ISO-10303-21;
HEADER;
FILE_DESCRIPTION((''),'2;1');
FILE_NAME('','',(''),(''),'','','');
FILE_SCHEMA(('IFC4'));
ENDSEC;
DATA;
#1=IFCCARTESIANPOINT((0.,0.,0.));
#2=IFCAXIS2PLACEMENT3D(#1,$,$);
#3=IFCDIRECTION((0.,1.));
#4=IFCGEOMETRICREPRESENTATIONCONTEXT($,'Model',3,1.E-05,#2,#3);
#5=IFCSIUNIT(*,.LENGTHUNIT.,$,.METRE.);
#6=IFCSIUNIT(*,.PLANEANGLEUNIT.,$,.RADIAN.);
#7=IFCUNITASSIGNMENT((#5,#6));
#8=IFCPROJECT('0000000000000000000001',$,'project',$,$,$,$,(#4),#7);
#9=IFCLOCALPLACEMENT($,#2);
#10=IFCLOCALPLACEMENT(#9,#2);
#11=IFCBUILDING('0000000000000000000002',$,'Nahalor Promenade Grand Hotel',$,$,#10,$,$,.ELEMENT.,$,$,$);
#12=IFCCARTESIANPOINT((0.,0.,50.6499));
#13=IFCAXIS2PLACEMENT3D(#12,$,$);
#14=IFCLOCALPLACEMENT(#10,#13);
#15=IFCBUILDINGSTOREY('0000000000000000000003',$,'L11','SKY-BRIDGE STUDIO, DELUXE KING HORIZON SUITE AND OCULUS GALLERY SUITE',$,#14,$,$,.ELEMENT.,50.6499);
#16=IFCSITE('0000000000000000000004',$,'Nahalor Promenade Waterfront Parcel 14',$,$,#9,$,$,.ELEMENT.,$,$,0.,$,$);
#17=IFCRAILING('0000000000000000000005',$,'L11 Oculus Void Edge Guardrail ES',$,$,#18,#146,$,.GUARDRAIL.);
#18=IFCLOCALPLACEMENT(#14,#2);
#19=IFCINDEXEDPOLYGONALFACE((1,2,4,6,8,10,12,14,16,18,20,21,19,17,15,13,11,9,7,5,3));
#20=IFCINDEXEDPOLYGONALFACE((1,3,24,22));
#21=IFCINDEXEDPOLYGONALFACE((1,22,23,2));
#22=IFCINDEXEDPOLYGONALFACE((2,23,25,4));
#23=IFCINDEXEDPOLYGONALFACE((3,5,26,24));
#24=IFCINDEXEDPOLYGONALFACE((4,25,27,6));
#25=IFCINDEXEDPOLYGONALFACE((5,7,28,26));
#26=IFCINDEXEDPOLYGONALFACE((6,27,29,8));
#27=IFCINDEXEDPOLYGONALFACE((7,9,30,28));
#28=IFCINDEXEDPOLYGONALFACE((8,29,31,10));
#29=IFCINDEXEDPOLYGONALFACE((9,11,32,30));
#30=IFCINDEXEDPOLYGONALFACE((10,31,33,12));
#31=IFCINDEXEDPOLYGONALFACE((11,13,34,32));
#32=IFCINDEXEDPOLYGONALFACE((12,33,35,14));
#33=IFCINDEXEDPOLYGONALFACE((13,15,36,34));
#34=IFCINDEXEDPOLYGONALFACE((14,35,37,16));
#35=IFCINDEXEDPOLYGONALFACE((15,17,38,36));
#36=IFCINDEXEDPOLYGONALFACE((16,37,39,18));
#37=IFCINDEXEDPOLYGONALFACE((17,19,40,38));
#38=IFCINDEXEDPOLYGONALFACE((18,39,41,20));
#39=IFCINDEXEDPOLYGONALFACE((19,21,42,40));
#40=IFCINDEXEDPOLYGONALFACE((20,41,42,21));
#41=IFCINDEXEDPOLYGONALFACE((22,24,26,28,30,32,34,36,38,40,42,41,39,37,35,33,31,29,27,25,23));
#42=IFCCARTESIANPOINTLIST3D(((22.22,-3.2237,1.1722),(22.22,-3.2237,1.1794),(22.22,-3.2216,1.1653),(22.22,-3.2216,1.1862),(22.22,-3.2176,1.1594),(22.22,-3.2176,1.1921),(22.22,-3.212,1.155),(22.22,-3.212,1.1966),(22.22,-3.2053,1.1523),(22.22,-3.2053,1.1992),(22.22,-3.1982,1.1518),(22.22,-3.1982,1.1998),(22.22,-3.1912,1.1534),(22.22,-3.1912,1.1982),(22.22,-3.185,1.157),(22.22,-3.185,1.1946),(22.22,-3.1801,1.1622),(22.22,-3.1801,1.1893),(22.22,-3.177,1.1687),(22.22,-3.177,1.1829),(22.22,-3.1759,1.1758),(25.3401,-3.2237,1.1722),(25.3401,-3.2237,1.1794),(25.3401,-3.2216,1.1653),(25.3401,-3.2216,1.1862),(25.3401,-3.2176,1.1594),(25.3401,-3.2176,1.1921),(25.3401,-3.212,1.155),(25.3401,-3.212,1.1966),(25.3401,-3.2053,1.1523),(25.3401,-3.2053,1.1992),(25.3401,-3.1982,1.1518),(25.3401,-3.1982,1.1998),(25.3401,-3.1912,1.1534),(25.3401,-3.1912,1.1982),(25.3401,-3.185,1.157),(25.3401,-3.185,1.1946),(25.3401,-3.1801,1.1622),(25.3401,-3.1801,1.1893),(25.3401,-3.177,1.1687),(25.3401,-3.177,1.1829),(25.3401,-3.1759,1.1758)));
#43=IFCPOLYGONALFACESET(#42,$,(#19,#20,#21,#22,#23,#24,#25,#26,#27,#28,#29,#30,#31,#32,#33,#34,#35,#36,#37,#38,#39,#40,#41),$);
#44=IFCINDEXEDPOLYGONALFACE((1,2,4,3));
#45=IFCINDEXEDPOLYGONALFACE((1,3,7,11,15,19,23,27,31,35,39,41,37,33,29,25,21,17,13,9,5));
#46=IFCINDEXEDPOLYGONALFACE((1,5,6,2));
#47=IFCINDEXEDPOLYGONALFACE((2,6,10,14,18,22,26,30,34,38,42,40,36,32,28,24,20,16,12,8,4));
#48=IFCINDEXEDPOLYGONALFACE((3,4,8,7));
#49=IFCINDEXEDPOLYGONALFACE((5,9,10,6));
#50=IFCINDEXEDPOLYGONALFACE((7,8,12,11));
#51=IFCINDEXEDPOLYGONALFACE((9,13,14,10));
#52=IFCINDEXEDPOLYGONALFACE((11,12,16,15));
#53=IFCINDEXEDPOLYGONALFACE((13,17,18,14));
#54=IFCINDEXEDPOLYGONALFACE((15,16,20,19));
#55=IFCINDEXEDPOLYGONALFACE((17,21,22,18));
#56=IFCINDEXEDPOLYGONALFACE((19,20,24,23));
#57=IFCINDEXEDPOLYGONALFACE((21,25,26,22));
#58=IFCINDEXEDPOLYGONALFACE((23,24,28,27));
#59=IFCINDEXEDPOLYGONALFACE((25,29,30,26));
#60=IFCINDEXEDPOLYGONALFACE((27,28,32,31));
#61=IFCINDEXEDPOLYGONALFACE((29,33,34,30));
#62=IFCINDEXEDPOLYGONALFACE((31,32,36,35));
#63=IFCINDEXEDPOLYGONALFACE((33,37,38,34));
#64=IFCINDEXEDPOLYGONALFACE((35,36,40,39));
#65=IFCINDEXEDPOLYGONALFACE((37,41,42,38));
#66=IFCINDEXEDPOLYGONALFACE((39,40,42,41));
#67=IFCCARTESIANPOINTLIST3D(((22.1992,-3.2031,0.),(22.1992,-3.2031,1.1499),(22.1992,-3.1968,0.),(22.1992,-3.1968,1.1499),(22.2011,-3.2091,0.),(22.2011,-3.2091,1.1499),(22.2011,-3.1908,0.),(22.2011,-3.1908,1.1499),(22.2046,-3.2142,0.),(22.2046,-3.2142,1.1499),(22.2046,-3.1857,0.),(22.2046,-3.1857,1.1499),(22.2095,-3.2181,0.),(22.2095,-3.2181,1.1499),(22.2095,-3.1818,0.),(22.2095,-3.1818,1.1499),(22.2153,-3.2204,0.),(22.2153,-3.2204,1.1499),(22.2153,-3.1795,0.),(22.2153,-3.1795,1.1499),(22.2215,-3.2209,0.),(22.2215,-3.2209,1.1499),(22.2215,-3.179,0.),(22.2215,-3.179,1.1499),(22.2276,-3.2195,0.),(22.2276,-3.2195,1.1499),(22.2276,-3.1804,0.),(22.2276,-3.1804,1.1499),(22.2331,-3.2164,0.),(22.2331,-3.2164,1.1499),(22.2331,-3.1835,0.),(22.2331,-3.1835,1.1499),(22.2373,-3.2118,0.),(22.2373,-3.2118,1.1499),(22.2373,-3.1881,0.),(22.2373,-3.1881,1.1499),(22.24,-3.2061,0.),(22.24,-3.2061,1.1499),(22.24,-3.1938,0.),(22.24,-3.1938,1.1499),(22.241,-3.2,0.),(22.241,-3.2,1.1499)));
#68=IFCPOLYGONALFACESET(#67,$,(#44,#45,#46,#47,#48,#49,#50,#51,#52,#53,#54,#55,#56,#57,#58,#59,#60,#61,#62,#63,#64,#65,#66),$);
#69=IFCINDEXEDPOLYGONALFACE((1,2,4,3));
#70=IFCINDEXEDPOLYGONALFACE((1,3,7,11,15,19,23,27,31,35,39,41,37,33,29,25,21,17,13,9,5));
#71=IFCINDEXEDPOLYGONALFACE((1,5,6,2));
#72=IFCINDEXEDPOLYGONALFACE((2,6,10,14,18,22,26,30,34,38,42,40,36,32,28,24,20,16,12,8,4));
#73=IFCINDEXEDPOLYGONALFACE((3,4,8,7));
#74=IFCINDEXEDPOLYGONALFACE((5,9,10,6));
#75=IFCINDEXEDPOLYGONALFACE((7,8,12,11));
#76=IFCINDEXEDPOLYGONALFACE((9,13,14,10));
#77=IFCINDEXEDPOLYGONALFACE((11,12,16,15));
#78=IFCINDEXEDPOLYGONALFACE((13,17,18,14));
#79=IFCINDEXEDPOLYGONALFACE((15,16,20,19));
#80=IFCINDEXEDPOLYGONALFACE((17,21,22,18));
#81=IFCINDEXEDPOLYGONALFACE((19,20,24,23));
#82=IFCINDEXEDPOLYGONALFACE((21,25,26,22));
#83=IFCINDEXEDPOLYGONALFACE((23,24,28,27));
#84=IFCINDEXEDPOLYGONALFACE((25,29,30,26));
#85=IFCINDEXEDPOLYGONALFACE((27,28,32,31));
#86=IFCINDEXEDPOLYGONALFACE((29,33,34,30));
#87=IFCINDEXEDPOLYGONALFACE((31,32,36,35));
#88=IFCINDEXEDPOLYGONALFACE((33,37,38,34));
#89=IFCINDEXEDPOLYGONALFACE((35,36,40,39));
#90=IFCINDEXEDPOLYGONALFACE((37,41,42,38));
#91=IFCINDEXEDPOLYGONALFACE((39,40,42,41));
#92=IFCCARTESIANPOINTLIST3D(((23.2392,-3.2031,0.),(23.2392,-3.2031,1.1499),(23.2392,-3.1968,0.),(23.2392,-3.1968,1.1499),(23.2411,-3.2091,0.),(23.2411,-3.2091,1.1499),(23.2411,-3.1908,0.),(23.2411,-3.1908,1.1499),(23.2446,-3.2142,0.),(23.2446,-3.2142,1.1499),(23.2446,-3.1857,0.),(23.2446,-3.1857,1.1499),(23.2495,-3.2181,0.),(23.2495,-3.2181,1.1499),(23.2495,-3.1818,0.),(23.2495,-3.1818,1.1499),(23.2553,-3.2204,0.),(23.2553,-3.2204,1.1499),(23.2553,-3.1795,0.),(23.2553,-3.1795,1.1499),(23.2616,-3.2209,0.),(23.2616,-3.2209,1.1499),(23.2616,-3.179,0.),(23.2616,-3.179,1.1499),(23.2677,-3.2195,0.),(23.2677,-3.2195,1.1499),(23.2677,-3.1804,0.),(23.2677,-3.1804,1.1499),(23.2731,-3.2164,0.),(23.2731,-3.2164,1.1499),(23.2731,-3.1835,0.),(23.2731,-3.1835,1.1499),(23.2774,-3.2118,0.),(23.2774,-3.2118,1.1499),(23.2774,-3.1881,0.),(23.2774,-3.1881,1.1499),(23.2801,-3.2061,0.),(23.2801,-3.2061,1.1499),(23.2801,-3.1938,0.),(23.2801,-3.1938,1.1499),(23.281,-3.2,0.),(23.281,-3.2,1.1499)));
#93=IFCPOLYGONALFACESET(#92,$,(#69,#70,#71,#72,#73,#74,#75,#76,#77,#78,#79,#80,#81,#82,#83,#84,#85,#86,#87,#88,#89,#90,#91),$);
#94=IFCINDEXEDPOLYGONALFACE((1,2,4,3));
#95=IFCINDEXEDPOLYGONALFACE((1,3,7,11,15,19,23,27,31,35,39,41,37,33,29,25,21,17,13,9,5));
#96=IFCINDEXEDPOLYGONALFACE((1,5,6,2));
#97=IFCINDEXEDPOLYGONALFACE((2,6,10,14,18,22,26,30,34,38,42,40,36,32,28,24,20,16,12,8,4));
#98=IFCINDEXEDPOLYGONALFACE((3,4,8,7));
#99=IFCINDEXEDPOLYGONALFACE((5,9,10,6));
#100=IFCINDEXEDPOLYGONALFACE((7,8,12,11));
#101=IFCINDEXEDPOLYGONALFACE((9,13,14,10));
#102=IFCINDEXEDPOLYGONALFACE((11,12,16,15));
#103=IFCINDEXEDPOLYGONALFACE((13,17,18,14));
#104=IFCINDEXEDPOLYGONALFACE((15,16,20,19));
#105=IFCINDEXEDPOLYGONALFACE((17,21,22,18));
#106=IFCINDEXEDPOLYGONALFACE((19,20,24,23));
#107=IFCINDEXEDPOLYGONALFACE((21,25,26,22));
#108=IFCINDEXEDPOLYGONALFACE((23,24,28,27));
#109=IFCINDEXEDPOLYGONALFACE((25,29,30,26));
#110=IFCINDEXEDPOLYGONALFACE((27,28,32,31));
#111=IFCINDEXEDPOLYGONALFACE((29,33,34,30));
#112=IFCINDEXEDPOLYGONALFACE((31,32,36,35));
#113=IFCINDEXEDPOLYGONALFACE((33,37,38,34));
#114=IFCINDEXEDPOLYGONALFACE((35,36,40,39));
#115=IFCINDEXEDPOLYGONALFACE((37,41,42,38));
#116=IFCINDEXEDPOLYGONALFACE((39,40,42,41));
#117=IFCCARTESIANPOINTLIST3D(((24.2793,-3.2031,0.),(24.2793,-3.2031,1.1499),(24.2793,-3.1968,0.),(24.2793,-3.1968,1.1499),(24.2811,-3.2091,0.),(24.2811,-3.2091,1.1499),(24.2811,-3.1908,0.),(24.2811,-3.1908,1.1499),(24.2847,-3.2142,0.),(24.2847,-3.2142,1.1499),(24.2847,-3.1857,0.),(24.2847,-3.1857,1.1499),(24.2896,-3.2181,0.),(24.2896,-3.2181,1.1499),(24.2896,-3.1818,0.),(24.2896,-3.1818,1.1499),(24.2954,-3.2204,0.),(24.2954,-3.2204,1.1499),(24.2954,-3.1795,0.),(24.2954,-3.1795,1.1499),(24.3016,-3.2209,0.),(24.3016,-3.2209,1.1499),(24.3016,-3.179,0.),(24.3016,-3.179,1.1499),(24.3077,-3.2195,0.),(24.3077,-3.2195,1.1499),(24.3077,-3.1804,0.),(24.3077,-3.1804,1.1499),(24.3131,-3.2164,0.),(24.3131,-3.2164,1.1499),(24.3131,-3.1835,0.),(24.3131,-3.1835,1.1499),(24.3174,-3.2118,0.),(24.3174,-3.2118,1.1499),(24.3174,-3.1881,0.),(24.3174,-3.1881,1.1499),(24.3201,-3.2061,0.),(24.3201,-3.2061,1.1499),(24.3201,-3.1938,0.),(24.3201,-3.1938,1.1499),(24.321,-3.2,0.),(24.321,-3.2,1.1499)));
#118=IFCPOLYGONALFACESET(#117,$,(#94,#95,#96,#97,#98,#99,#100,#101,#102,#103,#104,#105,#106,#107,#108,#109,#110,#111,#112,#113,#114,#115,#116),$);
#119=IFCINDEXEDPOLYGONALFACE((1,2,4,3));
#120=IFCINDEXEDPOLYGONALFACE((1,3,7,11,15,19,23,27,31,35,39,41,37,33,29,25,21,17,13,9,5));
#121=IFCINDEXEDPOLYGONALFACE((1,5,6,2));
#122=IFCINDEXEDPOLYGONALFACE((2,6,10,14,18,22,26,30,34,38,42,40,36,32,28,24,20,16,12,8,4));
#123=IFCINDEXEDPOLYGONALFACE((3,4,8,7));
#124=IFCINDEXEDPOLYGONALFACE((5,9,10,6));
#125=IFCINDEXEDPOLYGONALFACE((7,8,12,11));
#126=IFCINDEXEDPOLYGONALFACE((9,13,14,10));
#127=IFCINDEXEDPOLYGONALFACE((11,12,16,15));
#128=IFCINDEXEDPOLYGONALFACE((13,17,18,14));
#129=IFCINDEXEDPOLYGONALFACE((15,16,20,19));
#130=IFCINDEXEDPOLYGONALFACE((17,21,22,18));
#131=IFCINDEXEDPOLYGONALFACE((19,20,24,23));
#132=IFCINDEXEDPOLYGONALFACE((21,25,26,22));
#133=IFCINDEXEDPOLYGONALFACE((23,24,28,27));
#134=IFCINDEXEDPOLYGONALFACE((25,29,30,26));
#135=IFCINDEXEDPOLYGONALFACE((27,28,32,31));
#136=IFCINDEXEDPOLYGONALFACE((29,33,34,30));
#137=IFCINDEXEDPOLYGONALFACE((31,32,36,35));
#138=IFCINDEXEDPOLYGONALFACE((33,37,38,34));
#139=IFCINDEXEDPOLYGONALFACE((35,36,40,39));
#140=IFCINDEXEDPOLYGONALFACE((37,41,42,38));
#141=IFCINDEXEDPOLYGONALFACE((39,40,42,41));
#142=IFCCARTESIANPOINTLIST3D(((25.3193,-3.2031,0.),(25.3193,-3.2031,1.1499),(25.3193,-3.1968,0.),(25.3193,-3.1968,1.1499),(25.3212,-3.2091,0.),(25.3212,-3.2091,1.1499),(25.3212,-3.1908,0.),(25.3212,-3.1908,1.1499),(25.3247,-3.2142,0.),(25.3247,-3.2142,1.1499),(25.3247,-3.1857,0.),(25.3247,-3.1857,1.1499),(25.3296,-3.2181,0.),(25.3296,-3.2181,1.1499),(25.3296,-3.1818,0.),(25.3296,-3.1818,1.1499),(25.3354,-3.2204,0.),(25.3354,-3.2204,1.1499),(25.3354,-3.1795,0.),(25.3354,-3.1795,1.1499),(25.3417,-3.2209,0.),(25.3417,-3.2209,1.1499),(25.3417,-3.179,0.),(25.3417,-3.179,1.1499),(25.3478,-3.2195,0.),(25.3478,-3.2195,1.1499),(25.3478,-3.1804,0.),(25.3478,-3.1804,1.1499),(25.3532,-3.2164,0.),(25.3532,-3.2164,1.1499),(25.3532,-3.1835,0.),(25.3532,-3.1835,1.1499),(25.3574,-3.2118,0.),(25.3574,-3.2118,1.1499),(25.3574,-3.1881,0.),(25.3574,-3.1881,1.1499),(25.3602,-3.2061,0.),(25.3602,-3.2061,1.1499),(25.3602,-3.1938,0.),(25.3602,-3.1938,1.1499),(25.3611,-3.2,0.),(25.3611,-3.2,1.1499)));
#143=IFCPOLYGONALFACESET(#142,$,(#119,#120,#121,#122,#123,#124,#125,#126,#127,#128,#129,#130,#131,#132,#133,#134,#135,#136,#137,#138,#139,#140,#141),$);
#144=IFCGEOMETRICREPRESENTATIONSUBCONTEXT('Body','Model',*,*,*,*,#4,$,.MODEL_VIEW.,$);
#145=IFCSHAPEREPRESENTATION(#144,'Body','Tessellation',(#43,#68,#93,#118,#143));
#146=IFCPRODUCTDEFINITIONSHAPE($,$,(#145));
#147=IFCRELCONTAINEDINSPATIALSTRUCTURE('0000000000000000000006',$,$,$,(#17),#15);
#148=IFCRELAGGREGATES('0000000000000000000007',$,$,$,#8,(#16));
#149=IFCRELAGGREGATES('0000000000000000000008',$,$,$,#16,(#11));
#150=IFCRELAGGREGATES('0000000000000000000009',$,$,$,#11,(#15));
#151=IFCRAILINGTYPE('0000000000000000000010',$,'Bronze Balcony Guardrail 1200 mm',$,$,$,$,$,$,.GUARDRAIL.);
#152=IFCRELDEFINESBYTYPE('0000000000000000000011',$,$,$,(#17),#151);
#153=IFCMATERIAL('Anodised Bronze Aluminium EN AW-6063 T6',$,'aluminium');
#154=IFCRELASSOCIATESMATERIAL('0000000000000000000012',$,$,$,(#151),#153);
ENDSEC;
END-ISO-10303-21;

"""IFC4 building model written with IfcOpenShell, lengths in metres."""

from ifc_helpers import new_model, si_unit, direction, frame, origin, origin_2d, place, context, subcontext, project, spatial, circle, extrude, material, type_object, element, save


model = new_model("IFC4")

# Units and contexts
model_context = context("Model", 3, precision=1e-05, world=origin(), true_north=direction((0.0, 1.0)))
body_context = subcontext(model_context, "Body", "Model", "MODEL_VIEW")
ifc_project = project(units=[si_unit("LENGTHUNIT", "METRE"), si_unit("PLANEANGLEUNIT", "RADIAN")], contexts=[model_context])

# Site, building, storey
site_placement = place(None, origin())
site = spatial("IfcSite", under=ifc_project, at=site_placement, Name="Nahalor Promenade Waterfront Parcel 14", CompositionType="ELEMENT", RefElevation=0.0)
building_placement = place(site_placement, origin())
building = spatial("IfcBuilding", under=site, at=building_placement, Name="Nahalor Promenade Grand Hotel", CompositionType="ELEMENT")
storey_placement = place(building_placement, frame((0.0, 0.0, 50.6499)))
storey = spatial("IfcBuildingStorey", under=building, at=storey_placement, Name="L11", Description="SKY-BRIDGE STUDIO, DELUXE KING HORIZON SUITE AND OCULUS GALLERY SUITE", CompositionType="ELEMENT", Elevation=50.6499)

# Shared definitions
ifc_material_1 = material(Name="Anodised Bronze Aluminium EN AW-6063 T6", Category="aluminium")

# Railing
railing_type = type_object("IfcRailingType", Name="Bronze Balcony Guardrail 1200 mm", PredefinedType="GUARDRAIL", material=ifc_material_1)
railing_placement = place(storey_placement, frame((22.22, -3.2, 0.0)))
element("IfcRailing", 1, at=railing_placement, inside=storey, type_object=railing_type, Name="L11 Oculus Void Edge Guardrail ES", PredefinedType="GUARDRAIL", context=body_context, shape_type="SweptSolid", body=[
    extrude(circle(Radius=0.024, at=origin_2d()), frame((0.0, 0.0, 1.1758), z_axis=(1.0, 0.0, 0.0), x_axis=(0.0, 1.0, 0.0)), (0.0, 0.0, 1.0), 3.1201),
    extrude(circle(Radius=0.021, at=origin_2d()), origin(), (0.0, 0.0, 1.0), 1.1499),
    extrude(circle(Radius=0.021, at=origin_2d()), frame((1.04, 0.0, 0.0)), (0.0, 0.0, 1.0), 1.1499),
    extrude(circle(Radius=0.021, at=origin_2d()), frame((2.0801, 0.0, 0.0)), (0.0, 0.0, 1.0), 1.1499),
    extrude(circle(Radius=0.021, at=origin_2d()), frame((3.1201, 0.0, 0.0)), (0.0, 0.0, 1.0), 1.1499),
])

save(model, "model.ifc")
